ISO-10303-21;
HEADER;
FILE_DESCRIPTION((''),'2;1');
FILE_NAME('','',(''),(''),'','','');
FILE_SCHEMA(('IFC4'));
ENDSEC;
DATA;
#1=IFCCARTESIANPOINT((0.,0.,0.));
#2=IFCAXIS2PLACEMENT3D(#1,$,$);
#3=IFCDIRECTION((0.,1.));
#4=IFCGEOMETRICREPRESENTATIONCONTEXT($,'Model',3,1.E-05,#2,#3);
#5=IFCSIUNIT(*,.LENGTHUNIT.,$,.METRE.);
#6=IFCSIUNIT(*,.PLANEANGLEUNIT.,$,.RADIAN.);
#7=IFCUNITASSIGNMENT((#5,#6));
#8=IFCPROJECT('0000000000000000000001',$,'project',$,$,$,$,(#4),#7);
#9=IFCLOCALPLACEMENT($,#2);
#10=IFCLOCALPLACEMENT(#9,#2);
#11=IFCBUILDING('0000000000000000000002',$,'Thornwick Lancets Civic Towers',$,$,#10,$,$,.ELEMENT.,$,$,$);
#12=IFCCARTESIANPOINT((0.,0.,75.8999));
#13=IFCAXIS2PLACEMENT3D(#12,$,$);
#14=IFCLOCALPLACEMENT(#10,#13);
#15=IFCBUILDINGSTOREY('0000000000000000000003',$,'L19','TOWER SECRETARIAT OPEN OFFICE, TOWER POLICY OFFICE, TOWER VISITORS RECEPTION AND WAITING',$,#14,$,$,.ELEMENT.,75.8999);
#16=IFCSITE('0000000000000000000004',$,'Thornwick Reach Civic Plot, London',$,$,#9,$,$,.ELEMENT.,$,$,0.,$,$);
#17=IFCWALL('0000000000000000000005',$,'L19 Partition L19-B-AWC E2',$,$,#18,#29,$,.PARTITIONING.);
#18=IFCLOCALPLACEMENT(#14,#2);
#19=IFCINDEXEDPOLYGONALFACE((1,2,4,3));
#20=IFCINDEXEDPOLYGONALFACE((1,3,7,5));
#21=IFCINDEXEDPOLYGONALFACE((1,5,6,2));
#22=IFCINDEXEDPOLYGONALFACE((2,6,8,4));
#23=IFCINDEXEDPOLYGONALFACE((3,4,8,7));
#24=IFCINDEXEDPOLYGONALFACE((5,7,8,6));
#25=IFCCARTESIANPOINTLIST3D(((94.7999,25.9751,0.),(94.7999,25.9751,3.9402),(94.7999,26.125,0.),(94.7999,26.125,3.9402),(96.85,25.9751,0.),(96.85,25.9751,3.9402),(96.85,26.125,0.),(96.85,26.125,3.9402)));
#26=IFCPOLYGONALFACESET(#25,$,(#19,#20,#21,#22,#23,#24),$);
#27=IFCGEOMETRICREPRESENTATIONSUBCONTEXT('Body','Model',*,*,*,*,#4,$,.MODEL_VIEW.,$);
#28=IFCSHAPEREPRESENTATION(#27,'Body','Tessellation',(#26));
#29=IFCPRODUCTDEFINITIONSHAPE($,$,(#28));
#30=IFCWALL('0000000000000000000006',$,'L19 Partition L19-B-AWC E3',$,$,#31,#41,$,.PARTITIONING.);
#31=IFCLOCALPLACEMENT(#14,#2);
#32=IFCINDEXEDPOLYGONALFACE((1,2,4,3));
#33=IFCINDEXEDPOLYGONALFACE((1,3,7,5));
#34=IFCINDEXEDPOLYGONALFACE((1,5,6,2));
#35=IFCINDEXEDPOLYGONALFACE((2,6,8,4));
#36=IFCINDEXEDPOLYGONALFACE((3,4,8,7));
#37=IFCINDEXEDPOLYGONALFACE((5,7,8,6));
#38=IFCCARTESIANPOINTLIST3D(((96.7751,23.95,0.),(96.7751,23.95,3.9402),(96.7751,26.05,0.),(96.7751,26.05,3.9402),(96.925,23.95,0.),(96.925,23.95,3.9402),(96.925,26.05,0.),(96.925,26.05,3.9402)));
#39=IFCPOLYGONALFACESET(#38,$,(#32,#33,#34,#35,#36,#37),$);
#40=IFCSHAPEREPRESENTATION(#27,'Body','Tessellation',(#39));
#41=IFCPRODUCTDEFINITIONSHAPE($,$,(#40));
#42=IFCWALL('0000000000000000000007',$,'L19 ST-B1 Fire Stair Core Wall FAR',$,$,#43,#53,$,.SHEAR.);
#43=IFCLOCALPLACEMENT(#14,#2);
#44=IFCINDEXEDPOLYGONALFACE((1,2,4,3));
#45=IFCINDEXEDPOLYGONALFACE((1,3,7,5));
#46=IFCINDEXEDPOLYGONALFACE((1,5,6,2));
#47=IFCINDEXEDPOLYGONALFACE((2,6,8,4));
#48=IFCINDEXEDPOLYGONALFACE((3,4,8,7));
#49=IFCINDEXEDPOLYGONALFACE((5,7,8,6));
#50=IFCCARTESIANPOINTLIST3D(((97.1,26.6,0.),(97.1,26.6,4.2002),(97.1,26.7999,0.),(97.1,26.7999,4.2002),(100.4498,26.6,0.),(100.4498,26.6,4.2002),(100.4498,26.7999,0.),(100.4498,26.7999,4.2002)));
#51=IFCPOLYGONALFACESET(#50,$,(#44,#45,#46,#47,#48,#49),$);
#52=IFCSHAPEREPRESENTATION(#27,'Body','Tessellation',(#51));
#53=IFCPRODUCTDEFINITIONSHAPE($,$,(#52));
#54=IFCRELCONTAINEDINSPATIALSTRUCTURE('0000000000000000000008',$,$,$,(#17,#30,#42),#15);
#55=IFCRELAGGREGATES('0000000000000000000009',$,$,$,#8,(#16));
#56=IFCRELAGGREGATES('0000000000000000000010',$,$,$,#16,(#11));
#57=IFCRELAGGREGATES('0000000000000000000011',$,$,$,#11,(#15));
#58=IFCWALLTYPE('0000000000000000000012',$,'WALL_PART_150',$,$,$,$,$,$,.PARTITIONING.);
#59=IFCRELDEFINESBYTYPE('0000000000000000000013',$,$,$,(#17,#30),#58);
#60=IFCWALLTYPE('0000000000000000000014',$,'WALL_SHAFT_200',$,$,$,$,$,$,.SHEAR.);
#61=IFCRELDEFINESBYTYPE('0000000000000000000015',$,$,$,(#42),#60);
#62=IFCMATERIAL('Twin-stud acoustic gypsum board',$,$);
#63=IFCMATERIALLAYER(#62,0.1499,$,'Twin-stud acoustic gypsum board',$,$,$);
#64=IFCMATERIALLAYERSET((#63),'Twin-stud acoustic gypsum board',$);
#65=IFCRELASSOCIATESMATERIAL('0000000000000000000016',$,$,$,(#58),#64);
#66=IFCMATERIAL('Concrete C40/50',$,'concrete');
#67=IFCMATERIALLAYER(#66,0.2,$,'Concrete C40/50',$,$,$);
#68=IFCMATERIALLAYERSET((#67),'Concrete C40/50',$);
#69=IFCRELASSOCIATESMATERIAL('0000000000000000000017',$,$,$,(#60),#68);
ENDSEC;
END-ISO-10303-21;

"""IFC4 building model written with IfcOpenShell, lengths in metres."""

from ifc_helpers import new_model, si_unit, direction, frame, frame_2d, origin, place, context, subcontext, project, spatial, rectangle, extrude, material, layer, layer_set, type_object, element, save


model = new_model("IFC4")

# Units and contexts
model_context = context("Model", 3, precision=1e-05, world=origin(), true_north=direction((0.0, 1.0)))
body_context = subcontext(model_context, "Body", "Model", "MODEL_VIEW")
ifc_project = project(units=[si_unit("LENGTHUNIT", "METRE"), si_unit("PLANEANGLEUNIT", "RADIAN")], contexts=[model_context])

# Site, building, storey
site_placement = place(None, origin())
site = spatial("IfcSite", under=ifc_project, at=site_placement, Name="Thornwick Reach Civic Plot, London", CompositionType="ELEMENT", RefElevation=0.0)
building_placement = place(site_placement, origin())
building = spatial("IfcBuilding", under=site, at=building_placement, Name="Thornwick Lancets Civic Towers", CompositionType="ELEMENT")
storey_placement = place(building_placement, frame((0.0, 0.0, 75.8999)))
storey = spatial("IfcBuildingStorey", under=building, at=storey_placement, Name="L19", Description="TOWER SECRETARIAT OPEN OFFICE, TOWER POLICY OFFICE, TOWER VISITORS RECEPTION AND WAITING", CompositionType="ELEMENT", Elevation=75.8999)

# Shared definitions
ifc_material_1 = material(Name="Twin-stud acoustic gypsum board")
ifc_layer_1 = layer(ifc_material_1, 0.1499, Name="Twin-stud acoustic gypsum board")
ifc_layer_set_1 = layer_set([ifc_layer_1], Name="Twin-stud acoustic gypsum board")
wall_type_1 = type_object("IfcWallType", Name="WALL_PART_150", PredefinedType="PARTITIONING", material=ifc_layer_set_1)

# Walls
wall_1_placement = place(storey_placement, frame((94.8, 26.05, 0.0), z_axis=(0.0, 0.0, 1.0), x_axis=(1.0, 0.0, 0.0)))
element("IfcWall", 1, at=wall_1_placement, inside=storey, type_object=wall_type_1, Name="L19 Partition L19-B-AWC E2", PredefinedType="PARTITIONING", context=body_context, shape_type="SweptSolid", body=[
    extrude(rectangle(XDim=2.05, YDim=0.1499, at=frame_2d((1.0249, 0.0))), origin(), (0.0, 0.0, 1.0), 3.9402),
])
wall_2_placement = place(storey_placement, frame((96.8501, 26.05, 0.0), z_axis=(0.0, 0.0, 1.0), x_axis=(0.0, -1.0, 0.0)))
element("IfcWall", 2, at=wall_2_placement, inside=storey, type_object=wall_type_1, Name="L19 Partition L19-B-AWC E3", PredefinedType="PARTITIONING", context=body_context, shape_type="SweptSolid", body=[
    extrude(rectangle(XDim=2.1001, YDim=0.1499, at=frame_2d((1.05, 0.0))), origin(), (0.0, 0.0, 1.0), 3.9402),
])
ifc_material_2 = material(Name="Concrete C40/50", Category="concrete")
ifc_layer_2 = layer(ifc_material_2, 0.2, Name="Concrete C40/50")
ifc_layer_set_2 = layer_set([ifc_layer_2], Name="Concrete C40/50")
wall_type_2 = type_object("IfcWallType", Name="WALL_SHAFT_200", PredefinedType="SHEAR", material=ifc_layer_set_2)
wall_3_placement = place(storey_placement, frame((97.1001, 26.7, 0.0), z_axis=(0.0, 0.0, 1.0), x_axis=(1.0, 0.0, 0.0)))
element("IfcWall", 3, at=wall_3_placement, inside=storey, type_object=wall_type_2, Name="L19 ST-B1 Fire Stair Core Wall FAR", PredefinedType="SHEAR", context=body_context, shape_type="SweptSolid", body=[
    extrude(rectangle(XDim=3.3499, YDim=0.2, at=frame_2d((1.6748, 0.0))), origin(), (0.0, 0.0, 1.0), 4.2002),
])

save(model, "model.ifc")
